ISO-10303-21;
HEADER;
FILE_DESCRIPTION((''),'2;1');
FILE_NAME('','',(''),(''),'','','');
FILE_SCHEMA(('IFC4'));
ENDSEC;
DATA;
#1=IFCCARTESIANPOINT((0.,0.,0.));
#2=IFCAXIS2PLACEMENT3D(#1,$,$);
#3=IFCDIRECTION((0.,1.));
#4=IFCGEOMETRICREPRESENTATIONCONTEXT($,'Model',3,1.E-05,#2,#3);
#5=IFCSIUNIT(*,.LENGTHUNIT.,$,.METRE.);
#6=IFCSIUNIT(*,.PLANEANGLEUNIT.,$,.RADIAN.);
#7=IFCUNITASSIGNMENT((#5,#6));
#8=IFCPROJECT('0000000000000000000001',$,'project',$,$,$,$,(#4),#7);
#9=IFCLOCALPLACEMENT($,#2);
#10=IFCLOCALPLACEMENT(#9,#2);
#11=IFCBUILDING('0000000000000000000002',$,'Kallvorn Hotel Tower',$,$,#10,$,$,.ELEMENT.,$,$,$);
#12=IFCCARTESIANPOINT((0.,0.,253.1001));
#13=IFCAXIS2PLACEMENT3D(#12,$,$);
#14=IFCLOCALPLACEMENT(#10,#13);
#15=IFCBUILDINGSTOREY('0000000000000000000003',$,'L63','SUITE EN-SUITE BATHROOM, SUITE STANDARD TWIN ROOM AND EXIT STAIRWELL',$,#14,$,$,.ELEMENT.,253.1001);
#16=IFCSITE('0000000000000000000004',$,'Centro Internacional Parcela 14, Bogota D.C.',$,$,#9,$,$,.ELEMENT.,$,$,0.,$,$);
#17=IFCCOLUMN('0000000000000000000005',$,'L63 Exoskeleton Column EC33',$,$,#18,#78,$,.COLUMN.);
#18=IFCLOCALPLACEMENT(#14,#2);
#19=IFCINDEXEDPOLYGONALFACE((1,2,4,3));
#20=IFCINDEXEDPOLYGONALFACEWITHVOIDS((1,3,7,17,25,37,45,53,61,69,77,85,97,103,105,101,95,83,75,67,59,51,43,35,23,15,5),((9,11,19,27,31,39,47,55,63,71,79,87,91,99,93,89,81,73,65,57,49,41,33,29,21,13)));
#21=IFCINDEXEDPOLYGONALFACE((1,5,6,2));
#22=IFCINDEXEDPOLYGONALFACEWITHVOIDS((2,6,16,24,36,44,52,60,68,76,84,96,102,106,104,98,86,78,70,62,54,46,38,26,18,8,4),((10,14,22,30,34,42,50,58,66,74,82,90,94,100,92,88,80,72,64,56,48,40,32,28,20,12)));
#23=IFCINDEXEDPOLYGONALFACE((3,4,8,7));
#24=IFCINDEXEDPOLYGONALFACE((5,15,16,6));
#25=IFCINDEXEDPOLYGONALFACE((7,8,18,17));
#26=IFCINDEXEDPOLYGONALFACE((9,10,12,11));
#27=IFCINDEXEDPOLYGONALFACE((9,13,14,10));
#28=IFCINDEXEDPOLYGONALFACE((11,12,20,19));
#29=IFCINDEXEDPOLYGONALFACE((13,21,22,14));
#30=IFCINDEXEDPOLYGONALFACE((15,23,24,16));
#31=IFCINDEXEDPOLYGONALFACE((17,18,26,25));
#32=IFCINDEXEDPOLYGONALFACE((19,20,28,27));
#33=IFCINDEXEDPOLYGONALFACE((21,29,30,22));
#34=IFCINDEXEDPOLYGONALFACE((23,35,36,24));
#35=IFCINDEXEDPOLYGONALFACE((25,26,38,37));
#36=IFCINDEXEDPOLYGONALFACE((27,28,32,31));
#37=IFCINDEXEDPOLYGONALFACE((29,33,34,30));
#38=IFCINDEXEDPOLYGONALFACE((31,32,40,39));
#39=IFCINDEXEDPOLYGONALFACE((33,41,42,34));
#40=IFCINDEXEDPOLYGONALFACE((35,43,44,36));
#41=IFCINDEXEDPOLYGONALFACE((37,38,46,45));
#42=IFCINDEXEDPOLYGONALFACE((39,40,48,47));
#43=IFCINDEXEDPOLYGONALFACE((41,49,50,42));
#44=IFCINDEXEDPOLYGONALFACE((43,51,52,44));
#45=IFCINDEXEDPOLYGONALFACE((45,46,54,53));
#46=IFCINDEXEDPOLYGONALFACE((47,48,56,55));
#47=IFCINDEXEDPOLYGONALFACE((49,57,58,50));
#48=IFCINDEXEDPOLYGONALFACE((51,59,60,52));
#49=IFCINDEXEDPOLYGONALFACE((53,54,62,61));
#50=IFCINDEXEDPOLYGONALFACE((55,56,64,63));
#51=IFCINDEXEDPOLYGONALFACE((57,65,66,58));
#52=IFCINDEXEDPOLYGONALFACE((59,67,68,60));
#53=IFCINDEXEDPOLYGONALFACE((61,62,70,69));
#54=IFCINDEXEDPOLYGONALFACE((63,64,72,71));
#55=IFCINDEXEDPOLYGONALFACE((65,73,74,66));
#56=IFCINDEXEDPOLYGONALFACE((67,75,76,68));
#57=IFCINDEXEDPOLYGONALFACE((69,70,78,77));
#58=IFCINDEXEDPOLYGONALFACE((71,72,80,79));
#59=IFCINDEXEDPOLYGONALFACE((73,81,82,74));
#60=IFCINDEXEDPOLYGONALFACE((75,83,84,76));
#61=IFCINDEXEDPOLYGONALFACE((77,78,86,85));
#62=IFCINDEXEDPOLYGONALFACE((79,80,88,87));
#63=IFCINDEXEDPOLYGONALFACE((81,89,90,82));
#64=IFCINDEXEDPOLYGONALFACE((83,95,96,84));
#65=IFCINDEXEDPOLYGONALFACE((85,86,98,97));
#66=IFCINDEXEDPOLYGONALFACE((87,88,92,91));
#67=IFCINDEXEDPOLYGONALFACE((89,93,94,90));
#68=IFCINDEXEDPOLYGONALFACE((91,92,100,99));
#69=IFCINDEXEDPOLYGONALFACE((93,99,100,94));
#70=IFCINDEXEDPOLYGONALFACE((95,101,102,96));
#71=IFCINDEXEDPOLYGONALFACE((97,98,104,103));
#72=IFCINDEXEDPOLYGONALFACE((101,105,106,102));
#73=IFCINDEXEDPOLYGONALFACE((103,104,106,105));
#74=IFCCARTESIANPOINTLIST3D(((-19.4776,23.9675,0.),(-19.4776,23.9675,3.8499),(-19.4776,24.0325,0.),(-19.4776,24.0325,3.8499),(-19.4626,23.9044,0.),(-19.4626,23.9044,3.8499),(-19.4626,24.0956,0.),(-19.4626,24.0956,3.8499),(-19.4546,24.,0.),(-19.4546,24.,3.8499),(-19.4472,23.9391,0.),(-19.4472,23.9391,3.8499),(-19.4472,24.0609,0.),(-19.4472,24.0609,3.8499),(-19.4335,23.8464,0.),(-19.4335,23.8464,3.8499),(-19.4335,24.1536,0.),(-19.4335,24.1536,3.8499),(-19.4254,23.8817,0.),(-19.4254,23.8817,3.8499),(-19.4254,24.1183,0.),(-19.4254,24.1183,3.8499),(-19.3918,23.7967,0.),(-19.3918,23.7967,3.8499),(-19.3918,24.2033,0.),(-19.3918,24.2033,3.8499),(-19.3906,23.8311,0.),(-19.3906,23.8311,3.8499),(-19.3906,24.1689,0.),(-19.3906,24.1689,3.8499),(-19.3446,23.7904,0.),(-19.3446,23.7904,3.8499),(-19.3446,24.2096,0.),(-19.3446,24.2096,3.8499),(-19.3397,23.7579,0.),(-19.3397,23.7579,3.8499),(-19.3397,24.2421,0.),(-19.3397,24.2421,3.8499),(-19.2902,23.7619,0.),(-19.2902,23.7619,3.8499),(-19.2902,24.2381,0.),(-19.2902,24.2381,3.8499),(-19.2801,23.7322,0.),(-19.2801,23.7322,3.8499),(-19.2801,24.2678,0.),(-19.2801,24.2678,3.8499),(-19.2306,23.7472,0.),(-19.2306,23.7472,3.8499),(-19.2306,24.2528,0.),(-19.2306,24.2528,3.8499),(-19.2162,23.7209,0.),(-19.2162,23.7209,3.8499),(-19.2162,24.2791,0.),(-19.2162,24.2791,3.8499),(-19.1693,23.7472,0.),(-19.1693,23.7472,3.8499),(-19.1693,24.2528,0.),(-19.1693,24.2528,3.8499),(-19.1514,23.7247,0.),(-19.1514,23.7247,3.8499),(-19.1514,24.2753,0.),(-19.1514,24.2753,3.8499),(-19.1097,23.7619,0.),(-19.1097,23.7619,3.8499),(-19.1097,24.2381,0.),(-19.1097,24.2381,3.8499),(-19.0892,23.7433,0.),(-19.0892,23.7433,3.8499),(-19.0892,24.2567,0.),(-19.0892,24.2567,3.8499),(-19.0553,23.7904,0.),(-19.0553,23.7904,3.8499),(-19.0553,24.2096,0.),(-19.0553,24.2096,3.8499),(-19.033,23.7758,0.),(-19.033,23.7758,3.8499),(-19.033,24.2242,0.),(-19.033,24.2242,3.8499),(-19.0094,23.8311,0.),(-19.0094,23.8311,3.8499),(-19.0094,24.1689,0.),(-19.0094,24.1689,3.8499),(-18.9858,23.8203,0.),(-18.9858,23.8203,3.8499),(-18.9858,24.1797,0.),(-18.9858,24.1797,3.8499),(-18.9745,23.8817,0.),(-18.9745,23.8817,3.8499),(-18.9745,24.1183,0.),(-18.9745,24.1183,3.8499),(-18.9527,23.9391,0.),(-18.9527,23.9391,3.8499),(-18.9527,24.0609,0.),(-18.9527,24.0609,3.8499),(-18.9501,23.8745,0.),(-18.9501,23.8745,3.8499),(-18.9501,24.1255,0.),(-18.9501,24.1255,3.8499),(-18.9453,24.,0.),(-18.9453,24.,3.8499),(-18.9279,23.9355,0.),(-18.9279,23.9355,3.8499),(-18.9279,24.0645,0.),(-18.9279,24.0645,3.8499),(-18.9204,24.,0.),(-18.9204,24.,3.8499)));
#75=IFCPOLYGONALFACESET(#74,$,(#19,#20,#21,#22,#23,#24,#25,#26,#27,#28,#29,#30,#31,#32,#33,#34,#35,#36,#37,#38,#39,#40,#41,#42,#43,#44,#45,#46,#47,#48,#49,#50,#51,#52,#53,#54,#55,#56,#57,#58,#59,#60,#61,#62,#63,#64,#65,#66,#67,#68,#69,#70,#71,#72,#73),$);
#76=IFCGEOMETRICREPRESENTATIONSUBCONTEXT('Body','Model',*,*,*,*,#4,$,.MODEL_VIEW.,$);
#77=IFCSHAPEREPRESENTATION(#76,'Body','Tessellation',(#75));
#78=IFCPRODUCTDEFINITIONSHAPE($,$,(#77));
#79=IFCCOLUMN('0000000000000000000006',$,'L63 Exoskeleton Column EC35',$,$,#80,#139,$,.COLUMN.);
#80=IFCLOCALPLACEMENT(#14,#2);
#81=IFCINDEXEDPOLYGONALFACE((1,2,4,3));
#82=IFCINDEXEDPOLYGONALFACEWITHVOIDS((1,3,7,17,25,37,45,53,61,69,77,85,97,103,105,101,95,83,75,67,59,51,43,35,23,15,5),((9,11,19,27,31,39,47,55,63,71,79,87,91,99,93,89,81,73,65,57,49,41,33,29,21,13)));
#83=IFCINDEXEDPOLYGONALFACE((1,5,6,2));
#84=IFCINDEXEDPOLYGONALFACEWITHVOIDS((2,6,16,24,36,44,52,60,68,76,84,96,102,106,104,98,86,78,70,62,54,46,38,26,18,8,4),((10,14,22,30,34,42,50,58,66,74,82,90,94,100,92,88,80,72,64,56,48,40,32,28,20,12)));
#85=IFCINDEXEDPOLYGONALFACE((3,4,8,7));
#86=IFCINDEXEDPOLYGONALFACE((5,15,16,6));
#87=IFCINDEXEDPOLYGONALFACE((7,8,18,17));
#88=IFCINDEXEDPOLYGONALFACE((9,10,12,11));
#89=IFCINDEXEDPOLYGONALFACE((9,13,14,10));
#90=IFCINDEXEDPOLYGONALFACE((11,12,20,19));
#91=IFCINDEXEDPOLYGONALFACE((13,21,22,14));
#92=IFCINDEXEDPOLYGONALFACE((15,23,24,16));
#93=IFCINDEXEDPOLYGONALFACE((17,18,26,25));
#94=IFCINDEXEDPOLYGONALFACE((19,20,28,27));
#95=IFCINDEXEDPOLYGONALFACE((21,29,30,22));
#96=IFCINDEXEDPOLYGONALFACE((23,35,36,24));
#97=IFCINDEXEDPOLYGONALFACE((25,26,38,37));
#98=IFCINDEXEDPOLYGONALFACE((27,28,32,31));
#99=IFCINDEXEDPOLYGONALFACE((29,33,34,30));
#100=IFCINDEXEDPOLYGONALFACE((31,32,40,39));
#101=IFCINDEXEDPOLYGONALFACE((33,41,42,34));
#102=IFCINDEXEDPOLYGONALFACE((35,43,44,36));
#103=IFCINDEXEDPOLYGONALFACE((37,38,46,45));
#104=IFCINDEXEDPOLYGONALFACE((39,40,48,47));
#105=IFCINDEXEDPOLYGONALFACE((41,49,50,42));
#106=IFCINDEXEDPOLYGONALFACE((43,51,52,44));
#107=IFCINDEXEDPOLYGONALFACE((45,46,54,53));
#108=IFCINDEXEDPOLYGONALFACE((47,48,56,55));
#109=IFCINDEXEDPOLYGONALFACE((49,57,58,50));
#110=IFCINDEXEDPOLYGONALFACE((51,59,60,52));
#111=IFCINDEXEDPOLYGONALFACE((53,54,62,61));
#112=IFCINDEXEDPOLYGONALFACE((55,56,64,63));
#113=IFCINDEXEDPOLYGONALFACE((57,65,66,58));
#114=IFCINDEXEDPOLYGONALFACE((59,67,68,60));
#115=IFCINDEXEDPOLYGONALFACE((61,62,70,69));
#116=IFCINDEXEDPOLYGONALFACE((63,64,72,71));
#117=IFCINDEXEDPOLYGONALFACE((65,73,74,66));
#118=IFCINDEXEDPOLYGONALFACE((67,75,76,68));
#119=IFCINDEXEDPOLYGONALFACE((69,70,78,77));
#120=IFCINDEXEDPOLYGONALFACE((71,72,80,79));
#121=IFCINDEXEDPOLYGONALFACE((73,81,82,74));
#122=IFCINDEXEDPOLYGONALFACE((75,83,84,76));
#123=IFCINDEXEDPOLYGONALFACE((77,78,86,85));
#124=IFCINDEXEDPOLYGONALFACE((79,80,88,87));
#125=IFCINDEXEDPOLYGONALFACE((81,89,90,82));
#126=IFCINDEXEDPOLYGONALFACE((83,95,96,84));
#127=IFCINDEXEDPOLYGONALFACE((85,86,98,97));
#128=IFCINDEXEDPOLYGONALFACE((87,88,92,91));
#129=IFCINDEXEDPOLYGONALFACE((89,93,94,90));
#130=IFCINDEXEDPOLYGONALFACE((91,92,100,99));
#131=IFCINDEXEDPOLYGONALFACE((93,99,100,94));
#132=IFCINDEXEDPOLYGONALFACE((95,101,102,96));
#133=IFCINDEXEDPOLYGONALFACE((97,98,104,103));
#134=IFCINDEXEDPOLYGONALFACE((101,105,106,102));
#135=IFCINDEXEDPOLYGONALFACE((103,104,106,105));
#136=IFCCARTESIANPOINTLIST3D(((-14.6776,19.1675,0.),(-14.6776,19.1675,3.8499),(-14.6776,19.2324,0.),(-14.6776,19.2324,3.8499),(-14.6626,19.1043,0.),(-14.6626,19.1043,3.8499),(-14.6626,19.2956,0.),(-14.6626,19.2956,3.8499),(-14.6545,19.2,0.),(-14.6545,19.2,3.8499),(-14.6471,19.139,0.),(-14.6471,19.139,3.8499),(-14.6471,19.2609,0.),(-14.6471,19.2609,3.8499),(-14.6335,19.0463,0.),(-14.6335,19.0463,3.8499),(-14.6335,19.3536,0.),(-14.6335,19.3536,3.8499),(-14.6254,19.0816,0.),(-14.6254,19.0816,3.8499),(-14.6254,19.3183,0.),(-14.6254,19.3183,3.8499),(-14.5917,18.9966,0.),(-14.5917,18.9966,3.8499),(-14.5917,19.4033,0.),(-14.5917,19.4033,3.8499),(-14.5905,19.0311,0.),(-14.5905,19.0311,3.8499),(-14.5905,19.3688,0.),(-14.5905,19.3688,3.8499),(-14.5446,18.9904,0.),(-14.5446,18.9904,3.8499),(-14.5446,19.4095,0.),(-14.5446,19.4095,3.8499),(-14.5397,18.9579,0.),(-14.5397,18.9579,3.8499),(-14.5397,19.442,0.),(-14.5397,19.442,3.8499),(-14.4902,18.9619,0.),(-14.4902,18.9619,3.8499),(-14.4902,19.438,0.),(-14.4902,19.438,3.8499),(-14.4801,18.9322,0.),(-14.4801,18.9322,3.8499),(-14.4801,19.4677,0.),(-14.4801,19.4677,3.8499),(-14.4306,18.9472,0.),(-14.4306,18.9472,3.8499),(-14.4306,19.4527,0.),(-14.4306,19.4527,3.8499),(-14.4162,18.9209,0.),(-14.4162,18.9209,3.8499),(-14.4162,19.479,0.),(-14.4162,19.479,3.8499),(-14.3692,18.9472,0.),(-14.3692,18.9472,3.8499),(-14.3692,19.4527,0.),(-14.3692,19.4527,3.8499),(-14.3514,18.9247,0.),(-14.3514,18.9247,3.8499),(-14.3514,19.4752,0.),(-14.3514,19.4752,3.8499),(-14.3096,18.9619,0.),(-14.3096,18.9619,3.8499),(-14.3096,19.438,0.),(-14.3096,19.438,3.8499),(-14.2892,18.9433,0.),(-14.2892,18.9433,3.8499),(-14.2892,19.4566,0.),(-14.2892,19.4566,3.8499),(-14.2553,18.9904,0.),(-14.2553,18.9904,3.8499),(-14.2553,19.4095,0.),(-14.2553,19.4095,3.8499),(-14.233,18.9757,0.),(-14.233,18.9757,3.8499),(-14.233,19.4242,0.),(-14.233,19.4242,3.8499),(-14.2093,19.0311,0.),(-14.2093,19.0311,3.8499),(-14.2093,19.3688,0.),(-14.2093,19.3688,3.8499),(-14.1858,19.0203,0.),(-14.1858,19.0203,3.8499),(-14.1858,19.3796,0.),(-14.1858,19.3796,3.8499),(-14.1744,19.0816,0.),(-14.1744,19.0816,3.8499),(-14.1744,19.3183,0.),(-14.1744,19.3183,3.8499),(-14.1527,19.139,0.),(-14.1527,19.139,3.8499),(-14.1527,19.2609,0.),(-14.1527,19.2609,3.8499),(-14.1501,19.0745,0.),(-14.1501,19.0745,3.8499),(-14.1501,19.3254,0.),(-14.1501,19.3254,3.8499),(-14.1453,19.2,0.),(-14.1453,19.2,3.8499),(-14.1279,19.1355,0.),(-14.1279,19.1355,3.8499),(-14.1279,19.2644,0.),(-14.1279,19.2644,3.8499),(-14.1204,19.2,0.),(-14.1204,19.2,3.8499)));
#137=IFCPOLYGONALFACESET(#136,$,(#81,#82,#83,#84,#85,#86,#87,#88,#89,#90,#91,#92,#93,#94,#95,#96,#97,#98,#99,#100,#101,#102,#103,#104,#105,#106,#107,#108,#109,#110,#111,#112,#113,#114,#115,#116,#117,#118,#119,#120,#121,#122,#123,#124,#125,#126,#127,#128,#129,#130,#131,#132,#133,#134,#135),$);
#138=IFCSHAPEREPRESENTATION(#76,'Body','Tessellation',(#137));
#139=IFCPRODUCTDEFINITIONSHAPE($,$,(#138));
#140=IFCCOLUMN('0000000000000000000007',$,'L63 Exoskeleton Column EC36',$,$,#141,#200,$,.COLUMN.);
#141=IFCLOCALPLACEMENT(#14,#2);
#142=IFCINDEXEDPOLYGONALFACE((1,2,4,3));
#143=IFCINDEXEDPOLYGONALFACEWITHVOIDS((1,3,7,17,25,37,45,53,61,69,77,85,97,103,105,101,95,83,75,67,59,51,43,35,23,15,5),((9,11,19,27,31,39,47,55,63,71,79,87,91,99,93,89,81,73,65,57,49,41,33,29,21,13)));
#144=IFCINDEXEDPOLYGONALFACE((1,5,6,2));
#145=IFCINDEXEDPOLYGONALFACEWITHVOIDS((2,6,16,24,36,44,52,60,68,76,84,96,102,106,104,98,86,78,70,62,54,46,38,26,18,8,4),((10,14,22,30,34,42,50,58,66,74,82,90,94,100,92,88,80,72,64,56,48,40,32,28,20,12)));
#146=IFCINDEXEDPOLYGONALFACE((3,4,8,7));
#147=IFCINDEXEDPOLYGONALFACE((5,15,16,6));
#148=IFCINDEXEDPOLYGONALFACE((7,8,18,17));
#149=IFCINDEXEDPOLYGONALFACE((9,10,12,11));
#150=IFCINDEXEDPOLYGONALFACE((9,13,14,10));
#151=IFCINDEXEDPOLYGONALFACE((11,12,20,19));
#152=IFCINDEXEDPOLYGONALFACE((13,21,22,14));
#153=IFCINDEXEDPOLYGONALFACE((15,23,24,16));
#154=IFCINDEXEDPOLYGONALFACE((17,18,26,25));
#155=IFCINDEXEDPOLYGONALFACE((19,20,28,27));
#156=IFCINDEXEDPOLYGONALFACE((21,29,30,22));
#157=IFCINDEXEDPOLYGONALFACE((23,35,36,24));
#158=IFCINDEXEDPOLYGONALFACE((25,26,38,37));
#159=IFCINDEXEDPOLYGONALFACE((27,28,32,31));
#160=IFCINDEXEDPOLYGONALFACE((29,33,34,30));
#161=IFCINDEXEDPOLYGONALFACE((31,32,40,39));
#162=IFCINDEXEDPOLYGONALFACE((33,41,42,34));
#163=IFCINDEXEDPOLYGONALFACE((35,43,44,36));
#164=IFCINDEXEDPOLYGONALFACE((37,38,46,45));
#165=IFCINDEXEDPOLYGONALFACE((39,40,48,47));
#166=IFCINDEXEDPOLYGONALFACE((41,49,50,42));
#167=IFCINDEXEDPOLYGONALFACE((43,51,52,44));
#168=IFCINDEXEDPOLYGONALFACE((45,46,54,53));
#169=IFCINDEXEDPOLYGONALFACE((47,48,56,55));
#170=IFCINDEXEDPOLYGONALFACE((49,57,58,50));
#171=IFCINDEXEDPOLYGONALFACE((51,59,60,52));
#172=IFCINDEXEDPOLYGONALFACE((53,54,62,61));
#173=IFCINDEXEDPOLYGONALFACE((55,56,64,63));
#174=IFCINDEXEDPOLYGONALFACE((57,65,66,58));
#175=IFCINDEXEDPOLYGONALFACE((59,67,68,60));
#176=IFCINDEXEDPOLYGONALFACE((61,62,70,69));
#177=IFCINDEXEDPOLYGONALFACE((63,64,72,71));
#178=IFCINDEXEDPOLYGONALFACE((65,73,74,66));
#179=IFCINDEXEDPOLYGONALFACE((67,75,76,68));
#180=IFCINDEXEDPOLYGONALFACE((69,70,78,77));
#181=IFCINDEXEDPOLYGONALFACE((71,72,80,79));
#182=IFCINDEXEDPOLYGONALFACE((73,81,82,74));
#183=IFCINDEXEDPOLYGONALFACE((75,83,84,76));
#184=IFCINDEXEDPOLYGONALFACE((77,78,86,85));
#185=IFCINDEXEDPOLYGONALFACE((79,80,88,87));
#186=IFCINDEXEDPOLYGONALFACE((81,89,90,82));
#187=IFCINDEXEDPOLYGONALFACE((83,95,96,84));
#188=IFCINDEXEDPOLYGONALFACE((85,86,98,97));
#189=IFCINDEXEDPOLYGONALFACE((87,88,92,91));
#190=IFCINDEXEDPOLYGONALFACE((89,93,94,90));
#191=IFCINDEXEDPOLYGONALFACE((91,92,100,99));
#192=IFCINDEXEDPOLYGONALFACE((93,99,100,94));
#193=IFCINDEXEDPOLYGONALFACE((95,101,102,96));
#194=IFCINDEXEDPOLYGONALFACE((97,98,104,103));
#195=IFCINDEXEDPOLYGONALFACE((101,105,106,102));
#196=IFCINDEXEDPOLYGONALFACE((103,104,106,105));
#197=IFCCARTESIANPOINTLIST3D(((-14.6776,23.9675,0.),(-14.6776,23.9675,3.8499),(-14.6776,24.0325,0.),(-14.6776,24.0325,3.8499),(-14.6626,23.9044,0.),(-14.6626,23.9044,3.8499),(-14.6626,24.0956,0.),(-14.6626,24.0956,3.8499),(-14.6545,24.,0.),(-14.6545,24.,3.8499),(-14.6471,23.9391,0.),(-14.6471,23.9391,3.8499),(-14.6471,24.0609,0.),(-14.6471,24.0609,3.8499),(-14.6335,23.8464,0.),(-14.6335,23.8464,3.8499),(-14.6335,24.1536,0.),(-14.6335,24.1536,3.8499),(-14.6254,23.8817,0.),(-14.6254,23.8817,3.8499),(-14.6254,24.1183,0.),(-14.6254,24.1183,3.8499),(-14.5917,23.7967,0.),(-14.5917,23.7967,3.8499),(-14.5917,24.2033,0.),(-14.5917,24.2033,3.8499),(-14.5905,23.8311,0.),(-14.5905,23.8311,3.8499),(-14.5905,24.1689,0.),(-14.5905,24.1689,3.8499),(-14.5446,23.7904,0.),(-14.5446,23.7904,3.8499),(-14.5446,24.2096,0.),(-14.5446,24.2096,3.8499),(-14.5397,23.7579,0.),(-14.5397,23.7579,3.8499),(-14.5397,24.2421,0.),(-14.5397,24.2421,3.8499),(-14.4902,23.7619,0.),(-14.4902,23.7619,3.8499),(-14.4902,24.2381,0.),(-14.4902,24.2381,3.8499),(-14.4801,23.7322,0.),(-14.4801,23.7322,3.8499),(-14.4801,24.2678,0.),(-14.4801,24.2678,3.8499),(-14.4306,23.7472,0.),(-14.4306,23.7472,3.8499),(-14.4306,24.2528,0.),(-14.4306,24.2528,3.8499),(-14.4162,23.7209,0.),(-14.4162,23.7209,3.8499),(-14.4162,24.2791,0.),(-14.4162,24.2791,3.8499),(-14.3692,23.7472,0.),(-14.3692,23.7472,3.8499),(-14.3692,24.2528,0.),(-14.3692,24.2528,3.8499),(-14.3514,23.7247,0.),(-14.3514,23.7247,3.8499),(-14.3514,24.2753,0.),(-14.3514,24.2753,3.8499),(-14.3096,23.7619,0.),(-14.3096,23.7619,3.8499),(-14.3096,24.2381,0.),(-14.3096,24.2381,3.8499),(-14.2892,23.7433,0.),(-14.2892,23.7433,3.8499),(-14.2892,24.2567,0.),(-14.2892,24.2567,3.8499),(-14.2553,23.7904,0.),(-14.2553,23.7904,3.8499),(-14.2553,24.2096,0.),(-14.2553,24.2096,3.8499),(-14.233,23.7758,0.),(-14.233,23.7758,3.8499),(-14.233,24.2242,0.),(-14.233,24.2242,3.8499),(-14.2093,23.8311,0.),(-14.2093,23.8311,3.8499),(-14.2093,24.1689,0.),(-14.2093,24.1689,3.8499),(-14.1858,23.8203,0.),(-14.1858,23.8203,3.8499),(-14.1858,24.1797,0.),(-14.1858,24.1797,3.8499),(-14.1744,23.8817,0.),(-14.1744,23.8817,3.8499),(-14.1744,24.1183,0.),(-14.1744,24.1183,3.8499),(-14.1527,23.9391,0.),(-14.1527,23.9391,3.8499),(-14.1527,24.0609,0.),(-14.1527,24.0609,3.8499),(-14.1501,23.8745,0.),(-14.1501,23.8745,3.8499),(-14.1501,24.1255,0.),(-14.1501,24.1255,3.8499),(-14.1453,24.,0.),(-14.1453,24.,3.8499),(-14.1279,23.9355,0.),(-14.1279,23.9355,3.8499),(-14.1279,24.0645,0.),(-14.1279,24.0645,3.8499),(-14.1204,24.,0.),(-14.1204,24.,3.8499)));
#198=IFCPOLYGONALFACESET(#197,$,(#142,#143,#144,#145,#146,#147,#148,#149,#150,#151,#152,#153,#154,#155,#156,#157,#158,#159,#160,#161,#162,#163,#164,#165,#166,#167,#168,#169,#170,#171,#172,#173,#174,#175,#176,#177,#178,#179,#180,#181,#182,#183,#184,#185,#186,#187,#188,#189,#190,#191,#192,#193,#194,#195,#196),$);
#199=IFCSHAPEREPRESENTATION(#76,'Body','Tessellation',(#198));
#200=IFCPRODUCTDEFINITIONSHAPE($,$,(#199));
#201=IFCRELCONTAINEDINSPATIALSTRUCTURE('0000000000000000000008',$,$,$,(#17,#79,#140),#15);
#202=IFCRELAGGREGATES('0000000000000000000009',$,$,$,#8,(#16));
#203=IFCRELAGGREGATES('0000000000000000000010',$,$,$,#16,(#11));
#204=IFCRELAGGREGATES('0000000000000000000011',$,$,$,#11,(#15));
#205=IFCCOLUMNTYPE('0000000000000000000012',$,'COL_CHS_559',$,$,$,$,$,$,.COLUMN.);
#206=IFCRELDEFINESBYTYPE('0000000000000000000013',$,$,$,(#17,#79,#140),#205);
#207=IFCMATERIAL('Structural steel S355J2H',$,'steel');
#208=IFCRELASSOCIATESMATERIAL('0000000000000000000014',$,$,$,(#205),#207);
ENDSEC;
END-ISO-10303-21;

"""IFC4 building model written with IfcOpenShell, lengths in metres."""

from ifc_helpers import new_model, si_unit, direction, frame, origin, origin_2d, place, context, subcontext, project, spatial, hollow_circle, extrude, material, material_profile, profile_set, type_object, element, save


model = new_model("IFC4")

# Units and contexts
model_context = context("Model", 3, precision=1e-05, world=origin(), true_north=direction((0.0, 1.0)))
body_context = subcontext(model_context, "Body", "Model", "MODEL_VIEW")
ifc_project = project(units=[si_unit("LENGTHUNIT", "METRE"), si_unit("PLANEANGLEUNIT", "RADIAN")], contexts=[model_context])

# Site, building, storey
site_placement = place(None, origin())
site = spatial("IfcSite", under=ifc_project, at=site_placement, Name="Centro Internacional Parcela 14, Bogota D.C.", CompositionType="ELEMENT", RefElevation=0.0)
building_placement = place(site_placement, origin())
building = spatial("IfcBuilding", under=site, at=building_placement, Name="Kallvorn Hotel Tower", CompositionType="ELEMENT")
storey_placement = place(building_placement, frame((0.0, 0.0, 253.1001)))
storey = spatial("IfcBuildingStorey", under=building, at=storey_placement, Name="L63", Description="SUITE EN-SUITE BATHROOM, SUITE STANDARD TWIN ROOM AND EXIT STAIRWELL", CompositionType="ELEMENT", Elevation=253.1001)

# Columns
ifc_material_1 = material(Name="Structural steel S355J2H", Category="steel")
ifc_material_profile_1 = material_profile(ifc_material_1, hollow_circle(Radius=0.2795, WallThickness=0.0249, at=origin_2d()), Name="CHS 559x25")
ifc_profile_set_1 = profile_set([ifc_material_profile_1], Name="Structural steel S355J2H")
column_type_1 = type_object("IfcColumnType", Name="COL_CHS_559", PredefinedType="COLUMN", material=ifc_profile_set_1)
for number, where, z_axis, x_axis, name in (
    (1, (-19.2, 24.0, 0.0), (0.0, 0.0, 1.0), (1.0, 0.0, 0.0), "L63 Exoskeleton Column EC33"),
    (2, (-14.3999, 19.2, 0.0), (0.0, 0.0, 1.0), (1.0, 0.0, 0.0), "L63 Exoskeleton Column EC35"),
    (3, (-14.3999, 24.0, 0.0), (0.0, 0.0, 1.0), (1.0, 0.0, 0.0), "L63 Exoskeleton Column EC36"),
):
    element("IfcColumn", number, at=place(storey_placement, frame(where, z_axis=z_axis, x_axis=x_axis)), inside=storey, type_object=column_type_1, Name=name, PredefinedType="COLUMN", context=body_context, shape_type="SweptSolid", body=[
        extrude(hollow_circle(Radius=0.2795, WallThickness=0.0249, at=origin_2d()), origin(), (0.0, 0.0, 1.0), 3.8499),
    ])

save(model, "model.ifc")
